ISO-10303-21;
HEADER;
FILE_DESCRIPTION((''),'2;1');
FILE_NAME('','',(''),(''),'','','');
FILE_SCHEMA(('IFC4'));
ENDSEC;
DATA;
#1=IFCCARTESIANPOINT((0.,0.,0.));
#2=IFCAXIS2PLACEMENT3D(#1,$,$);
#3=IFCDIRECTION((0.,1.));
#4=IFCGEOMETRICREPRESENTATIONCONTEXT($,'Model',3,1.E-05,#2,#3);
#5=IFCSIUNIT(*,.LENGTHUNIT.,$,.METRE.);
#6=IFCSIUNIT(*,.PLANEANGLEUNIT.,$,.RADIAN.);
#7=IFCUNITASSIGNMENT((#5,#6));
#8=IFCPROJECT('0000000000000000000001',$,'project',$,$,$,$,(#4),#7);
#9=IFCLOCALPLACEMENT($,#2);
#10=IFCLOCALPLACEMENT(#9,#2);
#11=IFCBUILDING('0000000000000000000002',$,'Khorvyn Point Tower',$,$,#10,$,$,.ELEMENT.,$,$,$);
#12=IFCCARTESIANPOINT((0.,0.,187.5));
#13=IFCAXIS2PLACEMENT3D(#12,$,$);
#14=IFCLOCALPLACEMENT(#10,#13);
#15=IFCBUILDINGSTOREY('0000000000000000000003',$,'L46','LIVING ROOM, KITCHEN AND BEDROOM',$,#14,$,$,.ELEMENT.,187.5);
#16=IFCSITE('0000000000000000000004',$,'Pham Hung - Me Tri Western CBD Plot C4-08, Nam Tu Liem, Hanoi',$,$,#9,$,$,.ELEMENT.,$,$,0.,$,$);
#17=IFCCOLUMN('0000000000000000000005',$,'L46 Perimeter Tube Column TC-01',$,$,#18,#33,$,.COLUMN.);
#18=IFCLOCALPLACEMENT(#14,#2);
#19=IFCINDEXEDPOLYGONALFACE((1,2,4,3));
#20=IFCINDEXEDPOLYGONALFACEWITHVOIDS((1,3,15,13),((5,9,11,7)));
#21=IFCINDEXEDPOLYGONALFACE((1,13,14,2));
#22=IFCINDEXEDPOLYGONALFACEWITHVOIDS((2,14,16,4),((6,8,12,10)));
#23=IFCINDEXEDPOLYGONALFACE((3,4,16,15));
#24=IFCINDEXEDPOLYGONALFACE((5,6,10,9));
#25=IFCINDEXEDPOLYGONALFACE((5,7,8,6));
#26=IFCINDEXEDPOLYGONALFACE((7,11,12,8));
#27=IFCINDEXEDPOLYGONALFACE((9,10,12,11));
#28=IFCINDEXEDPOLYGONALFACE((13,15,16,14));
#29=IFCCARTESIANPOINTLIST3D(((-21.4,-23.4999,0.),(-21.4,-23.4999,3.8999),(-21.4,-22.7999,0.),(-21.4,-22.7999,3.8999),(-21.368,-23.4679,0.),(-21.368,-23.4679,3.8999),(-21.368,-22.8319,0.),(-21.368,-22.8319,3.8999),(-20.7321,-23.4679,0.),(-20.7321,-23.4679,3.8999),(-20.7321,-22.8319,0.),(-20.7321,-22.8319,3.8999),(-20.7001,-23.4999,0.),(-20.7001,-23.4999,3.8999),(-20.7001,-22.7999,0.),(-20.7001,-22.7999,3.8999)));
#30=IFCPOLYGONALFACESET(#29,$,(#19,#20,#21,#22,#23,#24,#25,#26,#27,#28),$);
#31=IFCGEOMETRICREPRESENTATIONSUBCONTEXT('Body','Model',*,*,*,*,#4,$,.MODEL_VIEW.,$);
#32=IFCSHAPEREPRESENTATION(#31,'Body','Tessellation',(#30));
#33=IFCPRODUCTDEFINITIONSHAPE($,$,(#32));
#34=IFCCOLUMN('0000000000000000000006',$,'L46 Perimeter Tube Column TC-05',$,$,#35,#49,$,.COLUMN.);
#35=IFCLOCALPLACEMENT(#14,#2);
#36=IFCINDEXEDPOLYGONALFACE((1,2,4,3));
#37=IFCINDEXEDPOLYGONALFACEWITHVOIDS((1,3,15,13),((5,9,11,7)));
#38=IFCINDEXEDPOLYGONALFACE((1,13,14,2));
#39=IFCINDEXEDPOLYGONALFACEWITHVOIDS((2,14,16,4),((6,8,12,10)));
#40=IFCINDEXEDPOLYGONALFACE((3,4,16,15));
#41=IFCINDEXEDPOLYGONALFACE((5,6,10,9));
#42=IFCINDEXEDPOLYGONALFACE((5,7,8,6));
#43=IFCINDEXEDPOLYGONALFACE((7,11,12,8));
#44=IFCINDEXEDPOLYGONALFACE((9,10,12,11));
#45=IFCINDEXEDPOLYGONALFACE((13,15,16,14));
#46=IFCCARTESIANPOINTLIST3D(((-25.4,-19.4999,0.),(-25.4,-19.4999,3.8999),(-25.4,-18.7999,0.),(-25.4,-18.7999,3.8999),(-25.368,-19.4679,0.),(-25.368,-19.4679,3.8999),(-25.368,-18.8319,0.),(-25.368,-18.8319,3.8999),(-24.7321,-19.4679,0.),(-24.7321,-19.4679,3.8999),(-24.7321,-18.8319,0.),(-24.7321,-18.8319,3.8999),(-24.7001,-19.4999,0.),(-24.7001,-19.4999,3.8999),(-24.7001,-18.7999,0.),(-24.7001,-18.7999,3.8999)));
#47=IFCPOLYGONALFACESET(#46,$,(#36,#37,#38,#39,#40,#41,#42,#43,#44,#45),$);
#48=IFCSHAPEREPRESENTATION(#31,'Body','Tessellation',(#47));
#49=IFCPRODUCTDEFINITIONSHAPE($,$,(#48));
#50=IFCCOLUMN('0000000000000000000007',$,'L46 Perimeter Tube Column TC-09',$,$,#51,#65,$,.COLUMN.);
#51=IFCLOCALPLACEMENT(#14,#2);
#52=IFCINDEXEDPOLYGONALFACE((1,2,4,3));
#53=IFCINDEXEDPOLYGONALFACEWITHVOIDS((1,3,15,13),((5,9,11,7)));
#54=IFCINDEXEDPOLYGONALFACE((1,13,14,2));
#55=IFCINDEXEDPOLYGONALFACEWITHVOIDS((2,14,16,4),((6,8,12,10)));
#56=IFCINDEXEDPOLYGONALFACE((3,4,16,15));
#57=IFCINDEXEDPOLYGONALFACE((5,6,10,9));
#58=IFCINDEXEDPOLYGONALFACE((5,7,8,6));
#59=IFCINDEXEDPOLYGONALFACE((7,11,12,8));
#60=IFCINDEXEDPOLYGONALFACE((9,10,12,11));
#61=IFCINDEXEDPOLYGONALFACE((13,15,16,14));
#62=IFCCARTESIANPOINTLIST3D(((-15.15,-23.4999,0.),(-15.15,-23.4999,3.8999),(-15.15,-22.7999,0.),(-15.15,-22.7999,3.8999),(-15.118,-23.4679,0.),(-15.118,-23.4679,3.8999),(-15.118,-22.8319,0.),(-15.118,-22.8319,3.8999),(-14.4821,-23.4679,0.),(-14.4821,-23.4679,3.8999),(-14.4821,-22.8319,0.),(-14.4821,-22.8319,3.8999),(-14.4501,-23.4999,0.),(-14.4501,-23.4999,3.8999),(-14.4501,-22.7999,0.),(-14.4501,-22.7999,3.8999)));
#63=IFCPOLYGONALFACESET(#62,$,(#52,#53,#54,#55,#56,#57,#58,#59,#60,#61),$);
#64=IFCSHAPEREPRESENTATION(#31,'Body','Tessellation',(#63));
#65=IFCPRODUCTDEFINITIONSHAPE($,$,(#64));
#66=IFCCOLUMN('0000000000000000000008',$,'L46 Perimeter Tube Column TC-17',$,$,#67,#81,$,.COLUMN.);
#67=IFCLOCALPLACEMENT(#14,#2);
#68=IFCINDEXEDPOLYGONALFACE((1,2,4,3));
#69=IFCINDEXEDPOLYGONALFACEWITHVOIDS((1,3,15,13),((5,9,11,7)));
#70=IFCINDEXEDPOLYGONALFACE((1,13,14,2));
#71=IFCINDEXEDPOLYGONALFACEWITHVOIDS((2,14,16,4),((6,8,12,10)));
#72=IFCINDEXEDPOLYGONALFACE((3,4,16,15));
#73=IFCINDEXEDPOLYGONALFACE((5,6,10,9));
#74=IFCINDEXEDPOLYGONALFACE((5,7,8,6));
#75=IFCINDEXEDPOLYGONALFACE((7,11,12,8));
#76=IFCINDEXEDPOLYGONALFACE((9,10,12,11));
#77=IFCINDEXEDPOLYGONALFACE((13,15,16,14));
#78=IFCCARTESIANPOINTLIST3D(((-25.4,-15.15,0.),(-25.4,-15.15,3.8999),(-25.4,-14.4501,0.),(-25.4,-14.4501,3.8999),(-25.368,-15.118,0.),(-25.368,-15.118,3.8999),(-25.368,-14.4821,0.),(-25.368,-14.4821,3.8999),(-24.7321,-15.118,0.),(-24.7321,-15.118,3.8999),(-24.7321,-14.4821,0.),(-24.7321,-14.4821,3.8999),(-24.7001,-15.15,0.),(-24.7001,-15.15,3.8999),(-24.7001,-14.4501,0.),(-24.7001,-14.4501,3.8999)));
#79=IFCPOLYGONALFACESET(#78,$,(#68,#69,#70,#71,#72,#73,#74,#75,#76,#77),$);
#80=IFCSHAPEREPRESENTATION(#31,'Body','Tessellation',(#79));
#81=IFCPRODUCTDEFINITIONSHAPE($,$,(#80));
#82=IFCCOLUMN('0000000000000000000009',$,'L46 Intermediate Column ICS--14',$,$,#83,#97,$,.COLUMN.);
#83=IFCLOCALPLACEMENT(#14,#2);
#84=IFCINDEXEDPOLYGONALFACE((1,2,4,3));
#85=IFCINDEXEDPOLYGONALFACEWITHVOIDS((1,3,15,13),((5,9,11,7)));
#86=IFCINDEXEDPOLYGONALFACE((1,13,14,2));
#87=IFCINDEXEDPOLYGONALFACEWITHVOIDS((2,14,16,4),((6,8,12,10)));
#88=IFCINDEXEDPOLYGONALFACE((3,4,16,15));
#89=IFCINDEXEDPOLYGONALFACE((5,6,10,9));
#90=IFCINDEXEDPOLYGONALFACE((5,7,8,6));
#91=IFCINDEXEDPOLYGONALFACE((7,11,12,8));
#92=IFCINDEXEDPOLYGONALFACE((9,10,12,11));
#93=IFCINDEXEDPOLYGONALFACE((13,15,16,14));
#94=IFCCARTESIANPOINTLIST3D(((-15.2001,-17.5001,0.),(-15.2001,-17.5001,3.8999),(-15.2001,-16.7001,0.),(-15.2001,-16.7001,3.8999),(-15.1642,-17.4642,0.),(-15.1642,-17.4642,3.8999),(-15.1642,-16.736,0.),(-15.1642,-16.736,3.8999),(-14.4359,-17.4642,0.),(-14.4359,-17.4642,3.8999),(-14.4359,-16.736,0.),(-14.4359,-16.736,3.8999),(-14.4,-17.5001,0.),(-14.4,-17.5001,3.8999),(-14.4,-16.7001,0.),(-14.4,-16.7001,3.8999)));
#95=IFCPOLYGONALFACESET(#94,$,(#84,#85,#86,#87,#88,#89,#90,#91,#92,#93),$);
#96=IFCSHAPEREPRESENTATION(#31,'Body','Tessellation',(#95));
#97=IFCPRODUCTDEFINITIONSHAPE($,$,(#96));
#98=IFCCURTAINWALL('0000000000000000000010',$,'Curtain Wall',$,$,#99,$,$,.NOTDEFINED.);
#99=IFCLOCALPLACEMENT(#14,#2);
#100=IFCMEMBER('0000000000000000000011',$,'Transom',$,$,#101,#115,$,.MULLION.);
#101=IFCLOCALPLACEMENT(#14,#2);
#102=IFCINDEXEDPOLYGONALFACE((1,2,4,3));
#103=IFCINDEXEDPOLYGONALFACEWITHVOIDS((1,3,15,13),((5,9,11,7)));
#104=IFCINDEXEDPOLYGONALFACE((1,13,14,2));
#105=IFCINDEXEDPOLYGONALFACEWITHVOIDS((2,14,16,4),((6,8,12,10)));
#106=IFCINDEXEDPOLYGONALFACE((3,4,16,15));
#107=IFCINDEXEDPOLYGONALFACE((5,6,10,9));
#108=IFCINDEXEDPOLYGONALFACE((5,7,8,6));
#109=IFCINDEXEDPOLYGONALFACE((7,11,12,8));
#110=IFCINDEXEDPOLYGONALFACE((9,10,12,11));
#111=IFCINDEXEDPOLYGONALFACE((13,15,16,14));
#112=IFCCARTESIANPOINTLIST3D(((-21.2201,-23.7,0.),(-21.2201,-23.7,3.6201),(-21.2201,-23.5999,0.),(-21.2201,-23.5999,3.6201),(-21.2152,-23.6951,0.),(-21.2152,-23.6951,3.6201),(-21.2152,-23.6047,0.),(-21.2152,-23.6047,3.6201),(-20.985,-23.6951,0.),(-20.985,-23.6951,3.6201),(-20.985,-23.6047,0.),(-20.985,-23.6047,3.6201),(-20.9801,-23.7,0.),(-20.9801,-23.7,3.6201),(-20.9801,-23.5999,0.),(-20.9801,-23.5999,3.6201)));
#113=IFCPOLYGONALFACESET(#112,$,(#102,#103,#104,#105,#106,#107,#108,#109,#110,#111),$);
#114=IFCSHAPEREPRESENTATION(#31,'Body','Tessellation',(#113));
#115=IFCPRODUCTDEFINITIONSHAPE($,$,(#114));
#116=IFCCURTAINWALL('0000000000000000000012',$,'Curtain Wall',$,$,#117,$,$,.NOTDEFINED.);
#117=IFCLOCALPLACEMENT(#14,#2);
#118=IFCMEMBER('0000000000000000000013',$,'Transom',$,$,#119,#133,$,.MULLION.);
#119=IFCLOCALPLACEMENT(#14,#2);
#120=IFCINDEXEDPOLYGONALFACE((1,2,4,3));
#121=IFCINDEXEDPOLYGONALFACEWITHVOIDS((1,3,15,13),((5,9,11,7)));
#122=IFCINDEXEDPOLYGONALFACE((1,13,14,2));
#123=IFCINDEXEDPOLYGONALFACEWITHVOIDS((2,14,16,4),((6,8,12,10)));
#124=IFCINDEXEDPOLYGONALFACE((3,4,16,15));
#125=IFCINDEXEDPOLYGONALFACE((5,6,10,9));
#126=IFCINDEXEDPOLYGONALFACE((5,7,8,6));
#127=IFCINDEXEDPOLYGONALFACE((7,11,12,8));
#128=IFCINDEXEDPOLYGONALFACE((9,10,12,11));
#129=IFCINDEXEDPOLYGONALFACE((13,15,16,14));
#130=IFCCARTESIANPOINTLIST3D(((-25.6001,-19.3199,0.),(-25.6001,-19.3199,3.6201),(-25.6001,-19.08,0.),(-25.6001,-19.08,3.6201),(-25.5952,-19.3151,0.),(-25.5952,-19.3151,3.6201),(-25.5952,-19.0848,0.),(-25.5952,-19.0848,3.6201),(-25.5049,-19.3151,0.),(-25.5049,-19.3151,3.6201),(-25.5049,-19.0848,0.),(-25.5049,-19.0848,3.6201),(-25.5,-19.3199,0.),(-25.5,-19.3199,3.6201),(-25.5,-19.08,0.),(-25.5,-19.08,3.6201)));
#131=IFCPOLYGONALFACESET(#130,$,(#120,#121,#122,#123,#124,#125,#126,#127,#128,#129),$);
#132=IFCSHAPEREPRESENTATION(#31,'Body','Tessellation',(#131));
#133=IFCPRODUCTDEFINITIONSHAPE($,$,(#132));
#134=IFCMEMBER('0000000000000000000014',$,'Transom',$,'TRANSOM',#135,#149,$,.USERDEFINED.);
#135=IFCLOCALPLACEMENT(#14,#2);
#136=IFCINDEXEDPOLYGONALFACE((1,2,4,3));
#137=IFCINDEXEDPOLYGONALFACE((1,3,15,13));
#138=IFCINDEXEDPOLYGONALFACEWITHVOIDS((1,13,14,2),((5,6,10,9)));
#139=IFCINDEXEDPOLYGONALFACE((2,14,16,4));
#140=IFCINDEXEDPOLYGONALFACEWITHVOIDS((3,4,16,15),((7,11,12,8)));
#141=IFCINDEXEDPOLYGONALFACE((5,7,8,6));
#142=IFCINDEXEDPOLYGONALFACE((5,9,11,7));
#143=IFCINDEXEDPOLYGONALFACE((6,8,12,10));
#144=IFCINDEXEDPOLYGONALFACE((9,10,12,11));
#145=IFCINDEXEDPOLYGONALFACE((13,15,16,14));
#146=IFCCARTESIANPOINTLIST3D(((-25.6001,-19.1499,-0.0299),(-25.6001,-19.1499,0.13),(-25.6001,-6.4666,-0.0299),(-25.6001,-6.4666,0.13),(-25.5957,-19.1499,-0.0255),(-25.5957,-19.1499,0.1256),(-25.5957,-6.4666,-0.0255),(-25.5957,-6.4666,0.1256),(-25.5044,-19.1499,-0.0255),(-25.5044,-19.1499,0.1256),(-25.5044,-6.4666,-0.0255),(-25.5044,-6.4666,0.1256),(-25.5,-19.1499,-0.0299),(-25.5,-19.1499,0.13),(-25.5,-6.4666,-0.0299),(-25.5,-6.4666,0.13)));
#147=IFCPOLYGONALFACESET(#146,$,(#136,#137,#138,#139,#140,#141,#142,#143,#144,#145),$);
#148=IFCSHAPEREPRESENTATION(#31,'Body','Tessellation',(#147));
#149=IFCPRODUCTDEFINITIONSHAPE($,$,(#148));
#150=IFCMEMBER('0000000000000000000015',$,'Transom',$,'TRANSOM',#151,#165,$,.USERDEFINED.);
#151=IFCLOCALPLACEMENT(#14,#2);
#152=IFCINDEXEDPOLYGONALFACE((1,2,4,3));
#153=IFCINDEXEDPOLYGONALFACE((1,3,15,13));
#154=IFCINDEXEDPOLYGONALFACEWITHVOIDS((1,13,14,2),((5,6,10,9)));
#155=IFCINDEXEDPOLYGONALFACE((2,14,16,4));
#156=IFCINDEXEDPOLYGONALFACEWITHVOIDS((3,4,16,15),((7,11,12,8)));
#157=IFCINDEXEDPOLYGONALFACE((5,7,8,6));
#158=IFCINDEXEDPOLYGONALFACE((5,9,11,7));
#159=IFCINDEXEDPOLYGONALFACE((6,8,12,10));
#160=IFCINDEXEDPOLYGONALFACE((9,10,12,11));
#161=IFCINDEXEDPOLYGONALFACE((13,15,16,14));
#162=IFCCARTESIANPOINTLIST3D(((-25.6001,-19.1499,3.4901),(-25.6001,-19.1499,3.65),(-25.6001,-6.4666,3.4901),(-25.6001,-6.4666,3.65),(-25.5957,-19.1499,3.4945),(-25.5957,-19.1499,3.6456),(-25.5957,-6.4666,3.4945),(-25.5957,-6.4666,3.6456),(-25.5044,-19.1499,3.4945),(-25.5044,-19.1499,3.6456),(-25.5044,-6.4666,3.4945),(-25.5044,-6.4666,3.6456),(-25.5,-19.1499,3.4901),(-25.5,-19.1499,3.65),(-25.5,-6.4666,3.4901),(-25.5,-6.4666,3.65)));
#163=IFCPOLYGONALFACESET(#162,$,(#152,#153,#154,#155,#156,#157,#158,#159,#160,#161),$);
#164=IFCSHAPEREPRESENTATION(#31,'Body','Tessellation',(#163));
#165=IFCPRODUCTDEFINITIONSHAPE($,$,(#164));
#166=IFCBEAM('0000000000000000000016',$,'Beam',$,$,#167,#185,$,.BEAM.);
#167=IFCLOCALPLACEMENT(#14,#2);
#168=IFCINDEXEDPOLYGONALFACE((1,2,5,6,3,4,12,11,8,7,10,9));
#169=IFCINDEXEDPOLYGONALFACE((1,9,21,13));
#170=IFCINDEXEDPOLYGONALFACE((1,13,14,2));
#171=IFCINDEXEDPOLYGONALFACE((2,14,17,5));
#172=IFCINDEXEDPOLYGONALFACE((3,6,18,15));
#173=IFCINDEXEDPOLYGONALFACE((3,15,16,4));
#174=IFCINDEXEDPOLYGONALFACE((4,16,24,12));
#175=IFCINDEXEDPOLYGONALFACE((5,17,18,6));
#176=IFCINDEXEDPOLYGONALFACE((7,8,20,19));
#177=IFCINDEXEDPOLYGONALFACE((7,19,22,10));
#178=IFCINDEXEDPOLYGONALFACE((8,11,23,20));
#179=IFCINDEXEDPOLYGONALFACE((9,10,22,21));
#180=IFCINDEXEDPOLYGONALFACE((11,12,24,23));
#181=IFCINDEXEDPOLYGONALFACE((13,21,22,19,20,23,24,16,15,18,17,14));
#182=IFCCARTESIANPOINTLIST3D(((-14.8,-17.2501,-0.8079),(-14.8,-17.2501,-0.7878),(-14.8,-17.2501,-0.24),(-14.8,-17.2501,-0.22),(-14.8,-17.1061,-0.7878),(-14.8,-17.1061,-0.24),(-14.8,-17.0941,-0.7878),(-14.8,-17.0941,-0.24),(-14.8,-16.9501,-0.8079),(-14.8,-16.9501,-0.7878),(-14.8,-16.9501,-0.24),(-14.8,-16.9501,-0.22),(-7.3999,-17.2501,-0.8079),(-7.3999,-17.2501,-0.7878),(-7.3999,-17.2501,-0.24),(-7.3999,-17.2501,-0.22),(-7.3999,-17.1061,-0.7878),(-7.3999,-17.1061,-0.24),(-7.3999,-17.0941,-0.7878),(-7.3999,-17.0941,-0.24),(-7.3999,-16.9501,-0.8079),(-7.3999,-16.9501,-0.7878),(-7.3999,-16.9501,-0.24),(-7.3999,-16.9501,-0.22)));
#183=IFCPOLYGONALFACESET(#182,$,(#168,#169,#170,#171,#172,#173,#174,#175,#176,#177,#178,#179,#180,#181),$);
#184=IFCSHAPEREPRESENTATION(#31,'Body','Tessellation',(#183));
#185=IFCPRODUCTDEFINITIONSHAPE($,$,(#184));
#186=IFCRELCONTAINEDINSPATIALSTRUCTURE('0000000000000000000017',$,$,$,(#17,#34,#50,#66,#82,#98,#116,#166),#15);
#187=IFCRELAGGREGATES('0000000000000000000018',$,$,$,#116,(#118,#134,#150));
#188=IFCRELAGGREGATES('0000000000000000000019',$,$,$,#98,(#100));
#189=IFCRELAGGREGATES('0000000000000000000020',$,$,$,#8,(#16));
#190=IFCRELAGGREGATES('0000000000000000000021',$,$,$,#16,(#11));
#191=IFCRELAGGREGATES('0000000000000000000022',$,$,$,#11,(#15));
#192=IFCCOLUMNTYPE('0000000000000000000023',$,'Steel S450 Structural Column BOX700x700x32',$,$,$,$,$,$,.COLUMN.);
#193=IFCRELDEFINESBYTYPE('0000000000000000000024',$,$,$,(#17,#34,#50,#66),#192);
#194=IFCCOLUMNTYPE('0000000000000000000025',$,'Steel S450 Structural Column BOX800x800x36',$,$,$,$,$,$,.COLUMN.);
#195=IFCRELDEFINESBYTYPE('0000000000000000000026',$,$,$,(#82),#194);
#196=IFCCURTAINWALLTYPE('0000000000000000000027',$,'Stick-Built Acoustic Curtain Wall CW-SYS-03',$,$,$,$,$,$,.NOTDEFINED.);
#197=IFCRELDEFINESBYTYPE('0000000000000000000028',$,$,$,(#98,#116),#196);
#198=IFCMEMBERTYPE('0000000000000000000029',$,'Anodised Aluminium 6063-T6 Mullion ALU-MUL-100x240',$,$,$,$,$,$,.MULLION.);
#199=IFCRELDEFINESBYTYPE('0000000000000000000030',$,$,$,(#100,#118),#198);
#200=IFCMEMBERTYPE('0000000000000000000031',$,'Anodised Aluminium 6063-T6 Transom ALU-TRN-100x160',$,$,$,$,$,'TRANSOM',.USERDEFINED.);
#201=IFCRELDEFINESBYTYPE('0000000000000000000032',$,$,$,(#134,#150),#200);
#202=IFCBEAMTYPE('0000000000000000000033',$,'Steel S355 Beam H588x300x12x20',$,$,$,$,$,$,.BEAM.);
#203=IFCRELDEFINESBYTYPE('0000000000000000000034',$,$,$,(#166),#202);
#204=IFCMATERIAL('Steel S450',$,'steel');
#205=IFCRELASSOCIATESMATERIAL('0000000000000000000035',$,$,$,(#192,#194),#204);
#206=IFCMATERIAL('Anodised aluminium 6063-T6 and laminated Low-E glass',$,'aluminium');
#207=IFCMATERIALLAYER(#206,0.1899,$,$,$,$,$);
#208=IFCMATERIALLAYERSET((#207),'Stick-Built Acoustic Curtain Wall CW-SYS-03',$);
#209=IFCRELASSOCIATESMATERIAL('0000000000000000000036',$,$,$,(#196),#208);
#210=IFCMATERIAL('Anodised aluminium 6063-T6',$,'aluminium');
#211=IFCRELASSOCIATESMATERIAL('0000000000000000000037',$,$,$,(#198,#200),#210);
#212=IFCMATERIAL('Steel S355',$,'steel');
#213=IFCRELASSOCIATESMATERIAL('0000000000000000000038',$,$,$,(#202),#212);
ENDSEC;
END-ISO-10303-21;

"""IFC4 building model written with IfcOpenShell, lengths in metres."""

from ifc_helpers import new_model, si_unit, direction, frame, origin, origin_2d, place, context, subcontext, project, spatial, hollow_rectangle, i_section, extrude, material, layer, layer_set, material_profile, profile_set, type_object, element, aggregate, save


model = new_model("IFC4")

# Units and contexts
model_context = context("Model", 3, precision=1e-05, world=origin(), true_north=direction((0.0, 1.0)))
body_context = subcontext(model_context, "Body", "Model", "MODEL_VIEW")
ifc_project = project(units=[si_unit("LENGTHUNIT", "METRE"), si_unit("PLANEANGLEUNIT", "RADIAN")], contexts=[model_context])

# Site, building, storey
site_placement = place(None, origin())
site = spatial("IfcSite", under=ifc_project, at=site_placement, Name="Pham Hung - Me Tri Western CBD Plot C4-08, Nam Tu Liem, Hanoi", CompositionType="ELEMENT", RefElevation=0.0)
building_placement = place(site_placement, origin())
building = spatial("IfcBuilding", under=site, at=building_placement, Name="Khorvyn Point Tower", CompositionType="ELEMENT")
storey_placement = place(building_placement, frame((0.0, 0.0, 187.5)))
storey = spatial("IfcBuildingStorey", under=building, at=storey_placement, Name="L46", Description="LIVING ROOM, KITCHEN AND BEDROOM", CompositionType="ELEMENT", Elevation=187.5)

# Columns
ifc_material_1 = material(Name="Steel S450", Category="steel")
ifc_material_profile_1 = material_profile(ifc_material_1, hollow_rectangle(XDim=0.7, YDim=0.7, WallThickness=0.032, at=origin_2d()))
ifc_profile_set_1 = profile_set([ifc_material_profile_1], Name="Steel S450 BOX700x700x32")
column_type_1 = type_object("IfcColumnType", Name="Steel S450 Structural Column BOX700x700x32", PredefinedType="COLUMN", material=ifc_profile_set_1)
for number, where, z_axis, x_axis, name in (
    (1, (-21.05, -23.1499, 0.0), (0.0, 0.0, 1.0), (1.0, 0.0, 0.0), "L46 Perimeter Tube Column TC-01"),
    (2, (-25.05, -19.1499, 0.0), (0.0, 0.0, 1.0), (1.0, 0.0, 0.0), "L46 Perimeter Tube Column TC-05"),
    (3, (-14.8, -23.1499, 0.0), (0.0, 0.0, 1.0), (1.0, 0.0, 0.0), "L46 Perimeter Tube Column TC-09"),
    (4, (-25.05, -14.8, 0.0), (0.0, 0.0, 1.0), (1.0, 0.0, 0.0), "L46 Perimeter Tube Column TC-17"),
):
    element("IfcColumn", number, at=place(storey_placement, frame(where, z_axis=z_axis, x_axis=x_axis)), inside=storey, type_object=column_type_1, Name=name, PredefinedType="COLUMN", context=body_context, shape_type="SweptSolid", body=[
        extrude(hollow_rectangle(XDim=0.7, YDim=0.7, WallThickness=0.032, at=origin_2d()), origin(), (0.0, 0.0, 1.0), 3.8999),
    ])
ifc_material_profile_2 = material_profile(ifc_material_1, hollow_rectangle(XDim=0.8, YDim=0.8, WallThickness=0.0359, at=origin_2d()))
ifc_profile_set_2 = profile_set([ifc_material_profile_2], Name="Steel S450 BOX800x800x36")
column_type_2 = type_object("IfcColumnType", Name="Steel S450 Structural Column BOX800x800x36", PredefinedType="COLUMN", material=ifc_profile_set_2)
column_placement = place(storey_placement, frame((-14.8, -17.1001, 0.0), z_axis=(0.0, 0.0, 1.0), x_axis=(1.0, 0.0, 0.0)))
element("IfcColumn", 5, at=column_placement, inside=storey, type_object=column_type_2, Name="L46 Intermediate Column ICS--14", PredefinedType="COLUMN", context=body_context, shape_type="SweptSolid", body=[
    extrude(hollow_rectangle(XDim=0.8, YDim=0.8, WallThickness=0.0359, at=origin_2d()), origin(), (0.0, 0.0, 1.0), 3.8999),
])

# Curtain wall, member
ifc_material_2 = material(Name="Anodised aluminium 6063-T6 and laminated Low-E glass", Category="aluminium")
ifc_layer_1 = layer(ifc_material_2, 0.1899)
ifc_layer_set_1 = layer_set([ifc_layer_1], Name="Stick-Built Acoustic Curtain Wall CW-SYS-03")
curtain_wall_type = type_object("IfcCurtainWallType", Name="Stick-Built Acoustic Curtain Wall CW-SYS-03", PredefinedType="NOTDEFINED", material=ifc_layer_set_1)
curtain_wall_1_placement = place(storey_placement, origin())
curtain_wall_1 = element("IfcCurtainWall", 6, at=curtain_wall_1_placement, inside=storey, type_object=curtain_wall_type, Name="Curtain Wall", PredefinedType="NOTDEFINED")
ifc_material_3 = material(Name="Anodised aluminium 6063-T6", Category="aluminium")
ifc_material_profile_3 = material_profile(ifc_material_3, hollow_rectangle(XDim=0.1001, YDim=0.24, WallThickness=0.0049, at=origin_2d()))
ifc_profile_set_3 = profile_set([ifc_material_profile_3], Name="Anodised aluminium 6063-T6 ALU-MUL-100x240")
member_type_1 = type_object("IfcMemberType", Name="Anodised Aluminium 6063-T6 Mullion ALU-MUL-100x240", PredefinedType="MULLION", material=ifc_profile_set_3)
member_1_placement = place(storey_placement, frame((-21.1001, -23.6499, 0.0), z_axis=(0.0, 0.0, 1.0), x_axis=(0.0, -1.0, 0.0)))
member_1 = element("IfcMember", 7, at=member_1_placement, type_object=member_type_1, Name="Transom", PredefinedType="MULLION", context=body_context, shape_type="SweptSolid", body=[
    extrude(hollow_rectangle(XDim=0.1001, YDim=0.24, WallThickness=0.0049, at=origin_2d()), origin(), (0.0, 0.0, 1.0), 3.6201),
])

# Curtain wall, members
curtain_wall_2_placement = place(storey_placement, origin())
curtain_wall_2 = element("IfcCurtainWall", 8, at=curtain_wall_2_placement, inside=storey, type_object=curtain_wall_type, Name="Curtain Wall", PredefinedType="NOTDEFINED")
member_2_placement = place(storey_placement, frame((-25.55, -19.2, 0.0), z_axis=(0.0, 0.0, 1.0), x_axis=(-1.0, 0.0, 0.0)))
member_2 = element("IfcMember", 9, at=member_2_placement, type_object=member_type_1, Name="Transom", PredefinedType="MULLION", context=body_context, shape_type="SweptSolid", body=[
    extrude(hollow_rectangle(XDim=0.1001, YDim=0.24, WallThickness=0.0049, at=origin_2d()), origin(), (0.0, 0.0, 1.0), 3.6201),
])
ifc_material_profile_4 = material_profile(ifc_material_3, hollow_rectangle(XDim=0.1001, YDim=0.1599, WallThickness=0.0044, at=origin_2d()))
ifc_profile_set_4 = profile_set([ifc_material_profile_4], Name="Anodised aluminium 6063-T6 ALU-TRN-100x160")
member_type_2 = type_object("IfcMemberType", Name="Anodised Aluminium 6063-T6 Transom ALU-TRN-100x160", ElementType="TRANSOM", PredefinedType="USERDEFINED", material=ifc_profile_set_4)
member_3_placement = place(storey_placement, frame((-25.55, -19.1499, 0.05), z_axis=(0.0, 1.0, 0.0), x_axis=(-1.0, 0.0, 0.0)))
member_3 = element("IfcMember", 10, at=member_3_placement, type_object=member_type_2, Name="Transom", ObjectType="TRANSOM", PredefinedType="USERDEFINED", context=body_context, shape_type="SweptSolid", body=[
    extrude(hollow_rectangle(XDim=0.1001, YDim=0.1599, WallThickness=0.0044, at=origin_2d()), origin(), (0.0, 0.0, 1.0), 12.6833),
])
member_4_placement = place(storey_placement, frame((-25.55, -19.1499, 3.5701), z_axis=(0.0, 1.0, 0.0), x_axis=(-1.0, 0.0, 0.0)))
member_4 = element("IfcMember", 11, at=member_4_placement, type_object=member_type_2, Name="Transom", ObjectType="TRANSOM", PredefinedType="USERDEFINED", context=body_context, shape_type="SweptSolid", body=[
    extrude(hollow_rectangle(XDim=0.1001, YDim=0.1599, WallThickness=0.0044, at=origin_2d()), origin(), (0.0, 0.0, 1.0), 12.6833),
])
aggregate(curtain_wall_2, [member_2, member_3, member_4])

# Beam
ifc_material_4 = material(Name="Steel S355", Category="steel")
ifc_material_profile_5 = material_profile(ifc_material_4, i_section(OverallWidth=0.3, OverallDepth=0.5879, WebThickness=0.012, FlangeThickness=0.02, at=origin_2d()))
ifc_profile_set_5 = profile_set([ifc_material_profile_5], Name="Steel S355 H588x300x12x20")
beam_type_1 = type_object("IfcBeamType", Name="Steel S355 Beam H588x300x12x20", PredefinedType="BEAM", material=ifc_profile_set_5)
beam_1_placement = place(storey_placement, frame((-14.8, -17.1001, -0.5139), z_axis=(1.0, 0.0, 0.0), x_axis=(0.0, 1.0, 0.0)))
element("IfcBeam", 12, at=beam_1_placement, inside=storey, type_object=beam_type_1, Name="Beam", PredefinedType="BEAM", context=body_context, shape_type="SweptSolid", body=[
    extrude(i_section(OverallWidth=0.3, OverallDepth=0.5879, WebThickness=0.012, FlangeThickness=0.02, at=origin_2d()), origin(), (0.0, 0.0, 1.0), 7.4001),
])

aggregate(curtain_wall_1, [member_1])

save(model, "model.ifc")
